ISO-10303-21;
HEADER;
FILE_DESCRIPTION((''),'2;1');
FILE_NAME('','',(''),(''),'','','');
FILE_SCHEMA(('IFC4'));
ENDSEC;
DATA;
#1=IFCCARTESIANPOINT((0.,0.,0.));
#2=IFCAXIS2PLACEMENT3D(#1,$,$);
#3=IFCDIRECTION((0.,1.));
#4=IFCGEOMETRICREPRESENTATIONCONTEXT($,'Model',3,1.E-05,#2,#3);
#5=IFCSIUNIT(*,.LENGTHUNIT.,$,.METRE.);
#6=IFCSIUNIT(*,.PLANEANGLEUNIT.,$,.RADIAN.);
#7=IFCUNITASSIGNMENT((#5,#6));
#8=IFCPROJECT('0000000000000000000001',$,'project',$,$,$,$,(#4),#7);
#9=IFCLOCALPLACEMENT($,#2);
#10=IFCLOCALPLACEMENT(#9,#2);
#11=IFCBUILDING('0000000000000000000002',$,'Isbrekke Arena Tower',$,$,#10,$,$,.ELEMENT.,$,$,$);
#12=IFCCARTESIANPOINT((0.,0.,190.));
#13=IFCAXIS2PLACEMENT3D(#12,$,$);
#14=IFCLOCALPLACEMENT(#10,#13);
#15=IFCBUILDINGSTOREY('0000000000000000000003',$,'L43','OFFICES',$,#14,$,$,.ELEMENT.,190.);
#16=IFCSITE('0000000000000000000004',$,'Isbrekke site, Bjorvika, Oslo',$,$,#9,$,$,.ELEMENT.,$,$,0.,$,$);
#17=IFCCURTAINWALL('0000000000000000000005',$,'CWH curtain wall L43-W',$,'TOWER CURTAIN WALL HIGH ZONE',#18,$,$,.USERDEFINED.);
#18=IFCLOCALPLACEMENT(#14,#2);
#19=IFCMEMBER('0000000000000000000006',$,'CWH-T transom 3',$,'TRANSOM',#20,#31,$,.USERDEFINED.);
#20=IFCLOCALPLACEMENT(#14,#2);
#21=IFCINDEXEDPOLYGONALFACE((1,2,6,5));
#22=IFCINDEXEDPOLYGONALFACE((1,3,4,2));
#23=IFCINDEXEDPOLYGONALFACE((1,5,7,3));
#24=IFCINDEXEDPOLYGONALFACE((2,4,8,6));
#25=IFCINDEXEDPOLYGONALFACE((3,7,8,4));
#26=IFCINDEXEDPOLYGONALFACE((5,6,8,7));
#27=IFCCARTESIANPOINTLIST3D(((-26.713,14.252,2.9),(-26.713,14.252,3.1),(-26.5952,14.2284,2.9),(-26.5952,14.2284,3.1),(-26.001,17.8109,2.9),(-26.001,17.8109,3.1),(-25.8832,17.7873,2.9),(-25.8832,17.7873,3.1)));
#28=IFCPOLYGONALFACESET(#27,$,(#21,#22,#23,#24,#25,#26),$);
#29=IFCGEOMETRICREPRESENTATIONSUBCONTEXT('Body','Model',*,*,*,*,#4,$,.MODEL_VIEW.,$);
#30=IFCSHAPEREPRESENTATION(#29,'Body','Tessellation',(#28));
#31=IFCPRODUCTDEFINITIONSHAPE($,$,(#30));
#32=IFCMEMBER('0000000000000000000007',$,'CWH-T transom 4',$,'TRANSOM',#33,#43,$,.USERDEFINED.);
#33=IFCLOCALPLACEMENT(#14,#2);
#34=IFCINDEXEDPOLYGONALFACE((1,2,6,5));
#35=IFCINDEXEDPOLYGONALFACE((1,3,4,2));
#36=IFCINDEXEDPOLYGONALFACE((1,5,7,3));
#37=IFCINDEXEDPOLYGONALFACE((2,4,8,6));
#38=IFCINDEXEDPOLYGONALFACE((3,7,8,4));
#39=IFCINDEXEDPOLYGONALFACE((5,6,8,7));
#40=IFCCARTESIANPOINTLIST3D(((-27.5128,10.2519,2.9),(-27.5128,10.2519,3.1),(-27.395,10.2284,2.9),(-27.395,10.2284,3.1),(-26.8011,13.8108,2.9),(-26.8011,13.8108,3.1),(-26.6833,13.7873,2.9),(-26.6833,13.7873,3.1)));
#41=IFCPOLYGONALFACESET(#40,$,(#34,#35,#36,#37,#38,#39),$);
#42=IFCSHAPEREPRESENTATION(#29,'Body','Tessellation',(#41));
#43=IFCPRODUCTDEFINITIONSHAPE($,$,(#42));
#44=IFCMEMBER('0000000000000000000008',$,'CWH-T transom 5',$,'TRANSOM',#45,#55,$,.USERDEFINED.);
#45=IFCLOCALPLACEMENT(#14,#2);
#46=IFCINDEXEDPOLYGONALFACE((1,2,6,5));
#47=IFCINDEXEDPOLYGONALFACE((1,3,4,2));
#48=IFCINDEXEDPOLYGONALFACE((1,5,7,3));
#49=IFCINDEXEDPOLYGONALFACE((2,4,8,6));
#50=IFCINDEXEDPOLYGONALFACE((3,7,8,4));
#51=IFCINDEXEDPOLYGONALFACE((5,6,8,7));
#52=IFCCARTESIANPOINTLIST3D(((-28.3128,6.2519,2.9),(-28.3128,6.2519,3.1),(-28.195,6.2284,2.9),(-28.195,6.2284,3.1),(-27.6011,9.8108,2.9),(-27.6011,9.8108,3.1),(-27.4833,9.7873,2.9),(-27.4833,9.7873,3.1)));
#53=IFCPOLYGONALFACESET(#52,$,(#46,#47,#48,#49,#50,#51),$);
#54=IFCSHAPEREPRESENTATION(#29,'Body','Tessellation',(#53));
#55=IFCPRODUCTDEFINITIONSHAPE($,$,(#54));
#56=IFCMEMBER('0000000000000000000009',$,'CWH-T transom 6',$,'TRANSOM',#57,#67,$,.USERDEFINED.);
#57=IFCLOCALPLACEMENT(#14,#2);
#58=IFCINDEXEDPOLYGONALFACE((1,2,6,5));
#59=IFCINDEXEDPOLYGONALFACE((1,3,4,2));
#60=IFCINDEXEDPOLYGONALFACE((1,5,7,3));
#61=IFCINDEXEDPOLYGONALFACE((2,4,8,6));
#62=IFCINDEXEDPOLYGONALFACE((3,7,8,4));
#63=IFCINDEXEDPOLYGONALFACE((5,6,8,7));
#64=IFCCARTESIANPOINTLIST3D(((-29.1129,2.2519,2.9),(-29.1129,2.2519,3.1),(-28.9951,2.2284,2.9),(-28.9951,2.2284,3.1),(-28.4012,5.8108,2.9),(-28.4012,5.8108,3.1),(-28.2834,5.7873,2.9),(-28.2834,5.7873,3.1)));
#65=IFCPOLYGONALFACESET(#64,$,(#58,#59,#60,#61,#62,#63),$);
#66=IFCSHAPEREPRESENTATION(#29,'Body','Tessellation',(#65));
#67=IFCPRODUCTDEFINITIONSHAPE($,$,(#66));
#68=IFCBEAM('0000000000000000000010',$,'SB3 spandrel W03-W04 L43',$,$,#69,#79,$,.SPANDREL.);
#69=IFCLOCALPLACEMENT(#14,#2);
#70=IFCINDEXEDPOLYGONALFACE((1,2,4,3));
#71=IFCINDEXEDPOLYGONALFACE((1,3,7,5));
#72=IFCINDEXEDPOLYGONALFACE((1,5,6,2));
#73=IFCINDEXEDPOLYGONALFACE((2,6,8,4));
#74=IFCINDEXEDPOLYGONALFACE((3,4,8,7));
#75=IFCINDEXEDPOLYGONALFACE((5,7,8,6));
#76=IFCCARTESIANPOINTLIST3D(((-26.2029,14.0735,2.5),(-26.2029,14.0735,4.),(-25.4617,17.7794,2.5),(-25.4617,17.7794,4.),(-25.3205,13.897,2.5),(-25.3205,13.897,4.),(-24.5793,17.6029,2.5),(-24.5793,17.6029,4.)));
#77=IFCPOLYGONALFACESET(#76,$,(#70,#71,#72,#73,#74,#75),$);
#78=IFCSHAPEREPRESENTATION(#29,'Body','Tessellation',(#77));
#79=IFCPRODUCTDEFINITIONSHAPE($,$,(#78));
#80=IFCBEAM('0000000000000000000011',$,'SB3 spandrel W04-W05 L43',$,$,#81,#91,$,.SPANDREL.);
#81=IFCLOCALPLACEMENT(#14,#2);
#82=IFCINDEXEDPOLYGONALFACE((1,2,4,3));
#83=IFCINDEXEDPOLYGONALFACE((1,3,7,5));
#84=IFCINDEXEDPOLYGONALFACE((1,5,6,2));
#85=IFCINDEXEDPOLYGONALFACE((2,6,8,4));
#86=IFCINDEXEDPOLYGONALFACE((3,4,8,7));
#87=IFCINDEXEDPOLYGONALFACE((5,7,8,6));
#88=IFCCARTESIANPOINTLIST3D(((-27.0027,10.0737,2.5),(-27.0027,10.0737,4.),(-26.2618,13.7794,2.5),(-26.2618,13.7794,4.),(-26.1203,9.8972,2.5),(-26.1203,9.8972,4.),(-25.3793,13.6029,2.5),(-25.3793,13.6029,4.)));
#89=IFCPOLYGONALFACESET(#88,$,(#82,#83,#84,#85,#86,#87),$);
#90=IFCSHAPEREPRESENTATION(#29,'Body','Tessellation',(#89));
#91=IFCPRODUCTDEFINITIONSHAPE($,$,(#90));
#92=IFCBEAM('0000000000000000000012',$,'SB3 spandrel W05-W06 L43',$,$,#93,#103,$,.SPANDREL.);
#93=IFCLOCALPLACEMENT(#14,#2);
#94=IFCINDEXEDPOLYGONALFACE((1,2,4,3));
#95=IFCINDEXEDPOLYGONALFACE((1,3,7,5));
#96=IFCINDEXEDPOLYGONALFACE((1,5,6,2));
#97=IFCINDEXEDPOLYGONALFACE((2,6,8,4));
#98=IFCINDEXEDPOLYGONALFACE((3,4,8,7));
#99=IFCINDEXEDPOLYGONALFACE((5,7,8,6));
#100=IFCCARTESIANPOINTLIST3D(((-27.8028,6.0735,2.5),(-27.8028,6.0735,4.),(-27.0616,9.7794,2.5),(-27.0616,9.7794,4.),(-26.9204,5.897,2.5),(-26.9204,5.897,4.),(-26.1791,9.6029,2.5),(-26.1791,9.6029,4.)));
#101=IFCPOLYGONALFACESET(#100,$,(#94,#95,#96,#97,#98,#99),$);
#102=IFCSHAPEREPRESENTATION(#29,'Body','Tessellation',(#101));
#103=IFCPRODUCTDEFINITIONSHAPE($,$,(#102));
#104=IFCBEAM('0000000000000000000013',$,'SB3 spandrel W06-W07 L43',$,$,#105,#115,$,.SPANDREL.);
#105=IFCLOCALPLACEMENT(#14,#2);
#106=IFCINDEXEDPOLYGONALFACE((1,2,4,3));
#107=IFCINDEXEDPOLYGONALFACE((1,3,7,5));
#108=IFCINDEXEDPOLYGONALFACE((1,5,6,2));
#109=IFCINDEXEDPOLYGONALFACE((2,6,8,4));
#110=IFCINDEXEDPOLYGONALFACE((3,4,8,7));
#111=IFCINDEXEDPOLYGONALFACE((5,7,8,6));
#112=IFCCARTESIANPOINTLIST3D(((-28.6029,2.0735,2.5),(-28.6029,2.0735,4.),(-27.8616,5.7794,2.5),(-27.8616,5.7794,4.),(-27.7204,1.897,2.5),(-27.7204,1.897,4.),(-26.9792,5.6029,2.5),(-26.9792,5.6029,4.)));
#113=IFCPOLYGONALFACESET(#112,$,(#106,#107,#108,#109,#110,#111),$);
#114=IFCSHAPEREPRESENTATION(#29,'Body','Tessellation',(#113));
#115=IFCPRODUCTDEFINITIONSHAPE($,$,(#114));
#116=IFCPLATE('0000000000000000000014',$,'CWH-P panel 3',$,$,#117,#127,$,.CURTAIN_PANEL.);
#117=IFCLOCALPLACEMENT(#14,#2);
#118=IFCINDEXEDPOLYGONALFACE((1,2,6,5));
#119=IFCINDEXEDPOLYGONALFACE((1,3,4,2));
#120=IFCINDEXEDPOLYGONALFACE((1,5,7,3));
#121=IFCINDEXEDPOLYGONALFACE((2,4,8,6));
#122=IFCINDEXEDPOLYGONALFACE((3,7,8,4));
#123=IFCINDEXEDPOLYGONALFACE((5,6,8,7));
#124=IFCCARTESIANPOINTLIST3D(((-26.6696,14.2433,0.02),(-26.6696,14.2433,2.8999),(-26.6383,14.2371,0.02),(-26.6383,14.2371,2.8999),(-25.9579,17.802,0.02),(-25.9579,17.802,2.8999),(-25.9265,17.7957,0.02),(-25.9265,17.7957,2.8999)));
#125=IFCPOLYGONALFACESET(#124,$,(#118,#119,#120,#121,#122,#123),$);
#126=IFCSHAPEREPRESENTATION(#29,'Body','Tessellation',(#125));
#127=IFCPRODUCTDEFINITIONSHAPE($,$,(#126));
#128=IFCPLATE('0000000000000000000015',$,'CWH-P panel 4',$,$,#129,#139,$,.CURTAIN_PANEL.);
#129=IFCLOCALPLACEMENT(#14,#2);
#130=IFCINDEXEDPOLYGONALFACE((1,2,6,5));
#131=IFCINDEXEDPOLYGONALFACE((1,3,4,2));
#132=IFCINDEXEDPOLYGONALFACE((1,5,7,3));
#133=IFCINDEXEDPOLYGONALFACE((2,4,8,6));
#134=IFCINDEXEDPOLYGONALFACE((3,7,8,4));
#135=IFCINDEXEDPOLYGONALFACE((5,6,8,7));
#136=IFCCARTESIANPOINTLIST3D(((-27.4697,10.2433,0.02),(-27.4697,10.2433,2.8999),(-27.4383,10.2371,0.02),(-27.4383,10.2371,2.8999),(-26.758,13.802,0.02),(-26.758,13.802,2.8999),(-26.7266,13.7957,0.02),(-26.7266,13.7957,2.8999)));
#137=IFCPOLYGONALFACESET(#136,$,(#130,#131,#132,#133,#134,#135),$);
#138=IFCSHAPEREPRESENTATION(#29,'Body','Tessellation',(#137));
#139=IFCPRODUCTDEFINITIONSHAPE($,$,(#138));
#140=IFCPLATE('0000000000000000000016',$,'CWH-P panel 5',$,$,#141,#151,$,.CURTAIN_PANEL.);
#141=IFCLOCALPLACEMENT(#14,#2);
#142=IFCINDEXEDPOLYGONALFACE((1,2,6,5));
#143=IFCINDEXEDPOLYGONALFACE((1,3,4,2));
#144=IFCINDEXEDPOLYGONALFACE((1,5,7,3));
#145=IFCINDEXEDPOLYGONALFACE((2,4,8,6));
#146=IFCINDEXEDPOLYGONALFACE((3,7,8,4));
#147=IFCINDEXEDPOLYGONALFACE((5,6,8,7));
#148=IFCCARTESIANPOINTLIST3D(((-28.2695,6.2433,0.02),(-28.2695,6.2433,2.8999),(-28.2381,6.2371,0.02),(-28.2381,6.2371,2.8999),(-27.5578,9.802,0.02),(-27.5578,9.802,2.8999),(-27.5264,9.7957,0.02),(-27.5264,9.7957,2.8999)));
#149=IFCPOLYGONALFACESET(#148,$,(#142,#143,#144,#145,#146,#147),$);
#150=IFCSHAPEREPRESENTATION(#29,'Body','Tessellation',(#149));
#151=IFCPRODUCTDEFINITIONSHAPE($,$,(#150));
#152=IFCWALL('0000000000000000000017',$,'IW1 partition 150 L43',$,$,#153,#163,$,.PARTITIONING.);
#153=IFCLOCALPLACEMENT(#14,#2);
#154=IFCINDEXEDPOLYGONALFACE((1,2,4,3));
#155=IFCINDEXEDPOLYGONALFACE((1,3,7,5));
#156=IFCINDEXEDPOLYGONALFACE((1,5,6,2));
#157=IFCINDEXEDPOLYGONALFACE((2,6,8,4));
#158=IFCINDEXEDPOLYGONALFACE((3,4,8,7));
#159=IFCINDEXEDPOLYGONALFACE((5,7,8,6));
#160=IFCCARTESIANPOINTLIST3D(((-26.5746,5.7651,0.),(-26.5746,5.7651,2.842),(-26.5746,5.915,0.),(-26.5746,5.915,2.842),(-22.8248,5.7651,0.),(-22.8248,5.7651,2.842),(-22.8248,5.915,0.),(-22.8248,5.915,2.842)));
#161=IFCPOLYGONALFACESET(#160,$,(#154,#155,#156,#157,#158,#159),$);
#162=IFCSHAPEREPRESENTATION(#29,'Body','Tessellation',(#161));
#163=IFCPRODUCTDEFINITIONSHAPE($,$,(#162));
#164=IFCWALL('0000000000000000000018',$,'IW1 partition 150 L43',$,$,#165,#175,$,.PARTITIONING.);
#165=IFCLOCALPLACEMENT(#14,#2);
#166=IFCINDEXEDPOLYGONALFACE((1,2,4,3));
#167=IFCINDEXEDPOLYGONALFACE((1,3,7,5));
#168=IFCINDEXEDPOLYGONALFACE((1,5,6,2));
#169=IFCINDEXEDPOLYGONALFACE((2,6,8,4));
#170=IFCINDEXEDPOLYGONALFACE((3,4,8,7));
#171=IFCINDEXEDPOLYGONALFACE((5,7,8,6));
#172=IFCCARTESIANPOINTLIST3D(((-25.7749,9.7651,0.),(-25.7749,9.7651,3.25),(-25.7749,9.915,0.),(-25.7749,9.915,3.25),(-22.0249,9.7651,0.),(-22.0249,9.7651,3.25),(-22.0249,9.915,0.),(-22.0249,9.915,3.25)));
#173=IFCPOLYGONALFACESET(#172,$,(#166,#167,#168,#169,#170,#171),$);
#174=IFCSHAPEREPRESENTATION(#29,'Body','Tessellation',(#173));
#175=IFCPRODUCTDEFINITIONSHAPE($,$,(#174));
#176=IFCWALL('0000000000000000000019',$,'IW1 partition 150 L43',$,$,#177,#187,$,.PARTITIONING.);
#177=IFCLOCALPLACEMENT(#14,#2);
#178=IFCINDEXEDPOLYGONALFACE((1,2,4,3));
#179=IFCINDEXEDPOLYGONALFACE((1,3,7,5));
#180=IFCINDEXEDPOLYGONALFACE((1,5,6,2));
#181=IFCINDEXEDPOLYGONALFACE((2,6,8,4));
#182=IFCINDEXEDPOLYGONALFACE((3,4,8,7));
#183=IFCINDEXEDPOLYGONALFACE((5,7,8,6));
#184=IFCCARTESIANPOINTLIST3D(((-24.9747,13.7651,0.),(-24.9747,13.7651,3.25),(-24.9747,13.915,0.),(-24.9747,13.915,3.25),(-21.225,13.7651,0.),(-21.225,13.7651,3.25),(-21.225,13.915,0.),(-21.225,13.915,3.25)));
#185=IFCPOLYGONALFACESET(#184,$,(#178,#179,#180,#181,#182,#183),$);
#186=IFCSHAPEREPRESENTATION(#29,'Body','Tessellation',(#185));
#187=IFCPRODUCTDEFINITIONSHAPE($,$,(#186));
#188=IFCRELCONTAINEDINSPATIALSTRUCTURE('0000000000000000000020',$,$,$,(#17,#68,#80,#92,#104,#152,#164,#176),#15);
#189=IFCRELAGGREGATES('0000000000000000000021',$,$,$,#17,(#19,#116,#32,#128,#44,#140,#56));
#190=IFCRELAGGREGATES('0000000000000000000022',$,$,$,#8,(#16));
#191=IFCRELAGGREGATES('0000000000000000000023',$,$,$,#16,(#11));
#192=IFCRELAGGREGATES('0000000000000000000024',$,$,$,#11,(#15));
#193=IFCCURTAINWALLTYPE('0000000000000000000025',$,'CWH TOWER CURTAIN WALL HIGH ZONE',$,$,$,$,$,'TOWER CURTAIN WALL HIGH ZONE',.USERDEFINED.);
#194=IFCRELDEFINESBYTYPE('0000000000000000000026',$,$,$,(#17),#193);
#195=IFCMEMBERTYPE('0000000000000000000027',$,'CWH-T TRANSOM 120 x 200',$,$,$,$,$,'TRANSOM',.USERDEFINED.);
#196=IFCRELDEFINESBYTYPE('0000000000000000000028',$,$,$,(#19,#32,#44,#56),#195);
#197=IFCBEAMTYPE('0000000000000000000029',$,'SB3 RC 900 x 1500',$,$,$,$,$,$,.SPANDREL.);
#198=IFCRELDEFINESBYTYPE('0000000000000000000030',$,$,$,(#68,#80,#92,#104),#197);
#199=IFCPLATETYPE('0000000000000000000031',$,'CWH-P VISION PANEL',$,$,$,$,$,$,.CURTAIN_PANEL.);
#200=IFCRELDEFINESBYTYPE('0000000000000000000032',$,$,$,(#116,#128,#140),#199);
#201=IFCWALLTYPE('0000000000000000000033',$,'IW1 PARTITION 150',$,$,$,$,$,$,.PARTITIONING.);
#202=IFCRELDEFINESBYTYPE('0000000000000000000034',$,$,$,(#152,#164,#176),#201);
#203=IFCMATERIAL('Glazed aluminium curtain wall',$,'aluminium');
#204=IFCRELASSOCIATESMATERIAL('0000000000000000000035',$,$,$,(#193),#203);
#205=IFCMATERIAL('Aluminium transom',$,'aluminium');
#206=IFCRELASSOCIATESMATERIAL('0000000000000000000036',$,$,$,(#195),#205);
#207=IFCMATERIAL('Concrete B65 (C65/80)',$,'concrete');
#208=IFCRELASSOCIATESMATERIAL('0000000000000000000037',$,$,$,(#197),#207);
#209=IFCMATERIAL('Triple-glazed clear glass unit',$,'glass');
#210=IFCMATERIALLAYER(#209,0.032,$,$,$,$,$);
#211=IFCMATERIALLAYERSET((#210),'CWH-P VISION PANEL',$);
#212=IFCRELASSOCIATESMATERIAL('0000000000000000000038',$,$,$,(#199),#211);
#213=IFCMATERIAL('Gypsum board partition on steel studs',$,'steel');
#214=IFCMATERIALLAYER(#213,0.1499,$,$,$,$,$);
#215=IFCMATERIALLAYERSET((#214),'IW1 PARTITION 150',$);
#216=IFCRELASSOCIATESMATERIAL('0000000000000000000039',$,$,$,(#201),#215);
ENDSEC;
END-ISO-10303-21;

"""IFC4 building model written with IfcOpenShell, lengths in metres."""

from ifc_helpers import new_model, si_unit, direction, frame, frame_2d, origin, origin_2d, place, context, subcontext, project, spatial, rectangle, extrude, material, layer, layer_set, material_profile, profile_set, type_object, element, aggregate, save


model = new_model("IFC4")

# Units and contexts
model_context = context("Model", 3, precision=1e-05, world=origin(), true_north=direction((0.0, 1.0)))
body_context = subcontext(model_context, "Body", "Model", "MODEL_VIEW")
ifc_project = project(units=[si_unit("LENGTHUNIT", "METRE"), si_unit("PLANEANGLEUNIT", "RADIAN")], contexts=[model_context])

# Site, building, storey
site_placement = place(None, origin())
site = spatial("IfcSite", under=ifc_project, at=site_placement, Name="Isbrekke site, Bjorvika, Oslo", CompositionType="ELEMENT", RefElevation=0.0)
building_placement = place(site_placement, origin())
building = spatial("IfcBuilding", under=site, at=building_placement, Name="Isbrekke Arena Tower", CompositionType="ELEMENT")
storey_placement = place(building_placement, frame((0.0, 0.0, 190.0)))
storey = spatial("IfcBuildingStorey", under=building, at=storey_placement, Name="L43", Description="OFFICES", CompositionType="ELEMENT", Elevation=190.0)

# Curtain wall, members
ifc_material_1 = material(Name="Glazed aluminium curtain wall", Category="aluminium")
curtain_wall_type = type_object("IfcCurtainWallType", Name="CWH TOWER CURTAIN WALL HIGH ZONE", ElementType="TOWER CURTAIN WALL HIGH ZONE", PredefinedType="USERDEFINED", material=ifc_material_1)
curtain_wall_placement = place(storey_placement, origin())
curtain_wall = element("IfcCurtainWall", 1, at=curtain_wall_placement, inside=storey, type_object=curtain_wall_type, Name="CWH curtain wall L43-W", ObjectType="TOWER CURTAIN WALL HIGH ZONE", PredefinedType="USERDEFINED")
ifc_material_2 = material(Name="Aluminium transom", Category="aluminium")
ifc_material_profile_1 = material_profile(ifc_material_2, rectangle(XDim=0.1201, YDim=0.2, at=origin_2d()), Name="TRANSOM 120X200")
ifc_profile_set_1 = profile_set([ifc_material_profile_1], Name="Aluminium transom")
member_type_1 = type_object("IfcMemberType", Name="CWH-T TRANSOM 120 x 200", ElementType="TRANSOM", PredefinedType="USERDEFINED", material=ifc_profile_set_1)
member_1_placement = place(storey_placement, frame((-25.9421, 17.7991, 3.0), z_axis=(-0.196155, -0.980573, 0.0), x_axis=(0.980573, -0.196155, 0.0)))
member_1 = element("IfcMember", 2, at=member_1_placement, type_object=member_type_1, Name="CWH-T transom 3", ObjectType="TRANSOM", PredefinedType="USERDEFINED", context=body_context, shape_type="SweptSolid", body=[
    extrude(rectangle(XDim=0.1201, YDim=0.2, at=origin_2d()), origin(), (0.0, 0.0, 1.0), 3.6294),
])
member_2_placement = place(storey_placement, frame((-26.7422, 13.7991, 3.0), z_axis=(-0.19609, -0.980586, 0.0), x_axis=(0.980586, -0.19609, 0.0)))
member_2 = element("IfcMember", 3, at=member_2_placement, type_object=member_type_1, Name="CWH-T transom 4", ObjectType="TRANSOM", PredefinedType="USERDEFINED", context=body_context, shape_type="SweptSolid", body=[
    extrude(rectangle(XDim=0.1201, YDim=0.2, at=origin_2d()), origin(), (0.0, 0.0, 1.0), 3.6294),
])
member_3_placement = place(storey_placement, frame((-27.5422, 9.7991, 3.0), z_axis=(-0.19609, -0.980586, 0.0), x_axis=(0.980586, -0.19609, 0.0)))
member_3 = element("IfcMember", 4, at=member_3_placement, type_object=member_type_1, Name="CWH-T transom 5", ObjectType="TRANSOM", PredefinedType="USERDEFINED", context=body_context, shape_type="SweptSolid", body=[
    extrude(rectangle(XDim=0.1201, YDim=0.2, at=origin_2d()), origin(), (0.0, 0.0, 1.0), 3.6294),
])
member_4_placement = place(storey_placement, frame((-28.3423, 5.7991, 3.0), z_axis=(-0.19609, -0.980586, 0.0), x_axis=(0.980586, -0.19609, 0.0)))
member_4 = element("IfcMember", 5, at=member_4_placement, type_object=member_type_1, Name="CWH-T transom 6", ObjectType="TRANSOM", PredefinedType="USERDEFINED", context=body_context, shape_type="SweptSolid", body=[
    extrude(rectangle(XDim=0.1201, YDim=0.2, at=origin_2d()), origin(), (0.0, 0.0, 1.0), 3.6294),
])

# Beams
ifc_material_3 = material(Name="Concrete B65 (C65/80)", Category="concrete")
ifc_material_profile_2 = material_profile(ifc_material_3, rectangle(XDim=0.8999, YDim=1.5, at=origin_2d()), Name="RC 900x1500")
ifc_profile_set_2 = profile_set([ifc_material_profile_2], Name="Concrete B65 (C65/80)")
beam_type_1 = type_object("IfcBeamType", Name="SB3 RC 900 x 1500", PredefinedType="SPANDREL", material=ifc_profile_set_2)
beam_1_placement = place(storey_placement, frame((-25.0205, 17.6912, 3.25), z_axis=(-0.196129, -0.980578, 0.0), x_axis=(0.980578, -0.196129, 0.0)))
element("IfcBeam", 6, at=beam_1_placement, inside=storey, type_object=beam_type_1, Name="SB3 spandrel W03-W04 L43", PredefinedType="SPANDREL", context=body_context, shape_type="SweptSolid", body=[
    extrude(rectangle(XDim=0.8999, YDim=1.5, at=origin_2d()), origin(), (0.0, 0.0, 1.0), 3.7793),
])
beam_2_placement = place(storey_placement, frame((-25.8206, 13.6912, 3.25), z_axis=(-0.196066, -0.980591, 0.0), x_axis=(0.980591, -0.196066, 0.0)))
element("IfcBeam", 7, at=beam_2_placement, inside=storey, type_object=beam_type_1, Name="SB3 spandrel W04-W05 L43", PredefinedType="SPANDREL", context=body_context, shape_type="SweptSolid", body=[
    extrude(rectangle(XDim=0.8999, YDim=1.5, at=origin_2d()), origin(), (0.0, 0.0, 1.0), 3.7791),
])
for number, where, z_axis, x_axis, name in (
    (8, (-26.6204, 9.6912, 3.25), (-0.196129, -0.980578, 0.0), (0.980578, -0.196129, 0.0), "SB3 spandrel W05-W06 L43"),
    (9, (-27.4204, 5.6912, 3.25), (-0.196129, -0.980578, 0.0), (0.980578, -0.196129, 0.0), "SB3 spandrel W06-W07 L43"),
):
    element("IfcBeam", number, at=place(storey_placement, frame(where, z_axis=z_axis, x_axis=x_axis)), inside=storey, type_object=beam_type_1, Name=name, PredefinedType="SPANDREL", context=body_context, shape_type="SweptSolid", body=[
        extrude(rectangle(XDim=0.8999, YDim=1.5, at=origin_2d()), origin(), (0.0, 0.0, 1.0), 3.7793),
    ])

# Plates
ifc_material_4 = material(Name="Triple-glazed clear glass unit", Category="glass")
ifc_layer_1 = layer(ifc_material_4, 0.032)
ifc_layer_set_1 = layer_set([ifc_layer_1], Name="CWH-P VISION PANEL")
plate_type = type_object("IfcPlateType", Name="CWH-P VISION PANEL", PredefinedType="CURTAIN_PANEL", material=ifc_layer_set_1)
plate_1_placement = place(storey_placement, frame((-26.2981, 16.0195, 0.02), z_axis=(0.0, 0.0, 1.0), x_axis=(-0.196116, -0.980581, 0.0)))
plate_1 = element("IfcPlate", 10, at=plate_1_placement, type_object=plate_type, Name="CWH-P panel 3", PredefinedType="CURTAIN_PANEL", context=body_context, shape_type="SweptSolid", body=[
    extrude(rectangle(XDim=3.6292, YDim=0.032, at=origin_2d()), origin(), (0.0, 0.0, 1.0), 2.8799),
])
plate_2_placement = place(storey_placement, frame((-27.0981, 12.0195, 0.02), z_axis=(0.0, 0.0, 1.0), x_axis=(-0.196116, -0.980581, 0.0)))
plate_2 = element("IfcPlate", 11, at=plate_2_placement, type_object=plate_type, Name="CWH-P panel 4", PredefinedType="CURTAIN_PANEL", context=body_context, shape_type="SweptSolid", body=[
    extrude(rectangle(XDim=3.6292, YDim=0.032, at=origin_2d()), origin(), (0.0, 0.0, 1.0), 2.8799),
])
plate_3_placement = place(storey_placement, frame((-27.8979, 8.0195, 0.02), z_axis=(0.0, 0.0, 1.0), x_axis=(-0.196116, -0.980581, 0.0)))
plate_3 = element("IfcPlate", 12, at=plate_3_placement, type_object=plate_type, Name="CWH-P panel 5", PredefinedType="CURTAIN_PANEL", context=body_context, shape_type="SweptSolid", body=[
    extrude(rectangle(XDim=3.6292, YDim=0.032, at=origin_2d()), origin(), (0.0, 0.0, 1.0), 2.8799),
])
aggregate(curtain_wall, [member_1, plate_1, member_2, plate_2, member_3, plate_3, member_4])

# Walls
ifc_material_5 = material(Name="Gypsum board partition on steel studs", Category="steel")
ifc_layer_2 = layer(ifc_material_5, 0.1499)
ifc_layer_set_2 = layer_set([ifc_layer_2], Name="IW1 PARTITION 150")
wall_type_1 = type_object("IfcWallType", Name="IW1 PARTITION 150", PredefinedType="PARTITIONING", material=ifc_layer_set_2)
wall_1_placement = place(storey_placement, frame((-26.5747, 5.8401, 0.0), z_axis=(0.0, 0.0, 1.0), x_axis=(1.0, 0.0, 0.0)))
element("IfcWall", 13, at=wall_1_placement, inside=storey, type_object=wall_type_1, Name="IW1 partition 150 L43", PredefinedType="PARTITIONING", context=body_context, shape_type="SweptSolid", body=[
    extrude(rectangle(XDim=3.7498, YDim=0.1499, at=frame_2d((1.875, 0.0))), origin(), (0.0, 0.0, 1.0), 2.842),
])
wall_2_placement = place(storey_placement, frame((-25.7749, 9.8401, 0.0), z_axis=(0.0, 0.0, 1.0), x_axis=(1.0, 0.0, 0.0)))
element("IfcWall", 14, at=wall_2_placement, inside=storey, type_object=wall_type_1, Name="IW1 partition 150 L43", PredefinedType="PARTITIONING", context=body_context, shape_type="SweptSolid", body=[
    extrude(rectangle(XDim=3.75, YDim=0.1499, at=frame_2d((1.875, 0.0))), origin(), (0.0, 0.0, 1.0), 3.25),
])
wall_3_placement = place(storey_placement, frame((-24.9749, 13.8401, 0.0), z_axis=(0.0, 0.0, 1.0), x_axis=(1.0, 0.0, 0.0)))
element("IfcWall", 15, at=wall_3_placement, inside=storey, type_object=wall_type_1, Name="IW1 partition 150 L43", PredefinedType="PARTITIONING", context=body_context, shape_type="SweptSolid", body=[
    extrude(rectangle(XDim=3.7498, YDim=0.1499, at=frame_2d((1.875, 0.0))), origin(), (0.0, 0.0, 1.0), 3.25),
])

save(model, "model.ifc")
